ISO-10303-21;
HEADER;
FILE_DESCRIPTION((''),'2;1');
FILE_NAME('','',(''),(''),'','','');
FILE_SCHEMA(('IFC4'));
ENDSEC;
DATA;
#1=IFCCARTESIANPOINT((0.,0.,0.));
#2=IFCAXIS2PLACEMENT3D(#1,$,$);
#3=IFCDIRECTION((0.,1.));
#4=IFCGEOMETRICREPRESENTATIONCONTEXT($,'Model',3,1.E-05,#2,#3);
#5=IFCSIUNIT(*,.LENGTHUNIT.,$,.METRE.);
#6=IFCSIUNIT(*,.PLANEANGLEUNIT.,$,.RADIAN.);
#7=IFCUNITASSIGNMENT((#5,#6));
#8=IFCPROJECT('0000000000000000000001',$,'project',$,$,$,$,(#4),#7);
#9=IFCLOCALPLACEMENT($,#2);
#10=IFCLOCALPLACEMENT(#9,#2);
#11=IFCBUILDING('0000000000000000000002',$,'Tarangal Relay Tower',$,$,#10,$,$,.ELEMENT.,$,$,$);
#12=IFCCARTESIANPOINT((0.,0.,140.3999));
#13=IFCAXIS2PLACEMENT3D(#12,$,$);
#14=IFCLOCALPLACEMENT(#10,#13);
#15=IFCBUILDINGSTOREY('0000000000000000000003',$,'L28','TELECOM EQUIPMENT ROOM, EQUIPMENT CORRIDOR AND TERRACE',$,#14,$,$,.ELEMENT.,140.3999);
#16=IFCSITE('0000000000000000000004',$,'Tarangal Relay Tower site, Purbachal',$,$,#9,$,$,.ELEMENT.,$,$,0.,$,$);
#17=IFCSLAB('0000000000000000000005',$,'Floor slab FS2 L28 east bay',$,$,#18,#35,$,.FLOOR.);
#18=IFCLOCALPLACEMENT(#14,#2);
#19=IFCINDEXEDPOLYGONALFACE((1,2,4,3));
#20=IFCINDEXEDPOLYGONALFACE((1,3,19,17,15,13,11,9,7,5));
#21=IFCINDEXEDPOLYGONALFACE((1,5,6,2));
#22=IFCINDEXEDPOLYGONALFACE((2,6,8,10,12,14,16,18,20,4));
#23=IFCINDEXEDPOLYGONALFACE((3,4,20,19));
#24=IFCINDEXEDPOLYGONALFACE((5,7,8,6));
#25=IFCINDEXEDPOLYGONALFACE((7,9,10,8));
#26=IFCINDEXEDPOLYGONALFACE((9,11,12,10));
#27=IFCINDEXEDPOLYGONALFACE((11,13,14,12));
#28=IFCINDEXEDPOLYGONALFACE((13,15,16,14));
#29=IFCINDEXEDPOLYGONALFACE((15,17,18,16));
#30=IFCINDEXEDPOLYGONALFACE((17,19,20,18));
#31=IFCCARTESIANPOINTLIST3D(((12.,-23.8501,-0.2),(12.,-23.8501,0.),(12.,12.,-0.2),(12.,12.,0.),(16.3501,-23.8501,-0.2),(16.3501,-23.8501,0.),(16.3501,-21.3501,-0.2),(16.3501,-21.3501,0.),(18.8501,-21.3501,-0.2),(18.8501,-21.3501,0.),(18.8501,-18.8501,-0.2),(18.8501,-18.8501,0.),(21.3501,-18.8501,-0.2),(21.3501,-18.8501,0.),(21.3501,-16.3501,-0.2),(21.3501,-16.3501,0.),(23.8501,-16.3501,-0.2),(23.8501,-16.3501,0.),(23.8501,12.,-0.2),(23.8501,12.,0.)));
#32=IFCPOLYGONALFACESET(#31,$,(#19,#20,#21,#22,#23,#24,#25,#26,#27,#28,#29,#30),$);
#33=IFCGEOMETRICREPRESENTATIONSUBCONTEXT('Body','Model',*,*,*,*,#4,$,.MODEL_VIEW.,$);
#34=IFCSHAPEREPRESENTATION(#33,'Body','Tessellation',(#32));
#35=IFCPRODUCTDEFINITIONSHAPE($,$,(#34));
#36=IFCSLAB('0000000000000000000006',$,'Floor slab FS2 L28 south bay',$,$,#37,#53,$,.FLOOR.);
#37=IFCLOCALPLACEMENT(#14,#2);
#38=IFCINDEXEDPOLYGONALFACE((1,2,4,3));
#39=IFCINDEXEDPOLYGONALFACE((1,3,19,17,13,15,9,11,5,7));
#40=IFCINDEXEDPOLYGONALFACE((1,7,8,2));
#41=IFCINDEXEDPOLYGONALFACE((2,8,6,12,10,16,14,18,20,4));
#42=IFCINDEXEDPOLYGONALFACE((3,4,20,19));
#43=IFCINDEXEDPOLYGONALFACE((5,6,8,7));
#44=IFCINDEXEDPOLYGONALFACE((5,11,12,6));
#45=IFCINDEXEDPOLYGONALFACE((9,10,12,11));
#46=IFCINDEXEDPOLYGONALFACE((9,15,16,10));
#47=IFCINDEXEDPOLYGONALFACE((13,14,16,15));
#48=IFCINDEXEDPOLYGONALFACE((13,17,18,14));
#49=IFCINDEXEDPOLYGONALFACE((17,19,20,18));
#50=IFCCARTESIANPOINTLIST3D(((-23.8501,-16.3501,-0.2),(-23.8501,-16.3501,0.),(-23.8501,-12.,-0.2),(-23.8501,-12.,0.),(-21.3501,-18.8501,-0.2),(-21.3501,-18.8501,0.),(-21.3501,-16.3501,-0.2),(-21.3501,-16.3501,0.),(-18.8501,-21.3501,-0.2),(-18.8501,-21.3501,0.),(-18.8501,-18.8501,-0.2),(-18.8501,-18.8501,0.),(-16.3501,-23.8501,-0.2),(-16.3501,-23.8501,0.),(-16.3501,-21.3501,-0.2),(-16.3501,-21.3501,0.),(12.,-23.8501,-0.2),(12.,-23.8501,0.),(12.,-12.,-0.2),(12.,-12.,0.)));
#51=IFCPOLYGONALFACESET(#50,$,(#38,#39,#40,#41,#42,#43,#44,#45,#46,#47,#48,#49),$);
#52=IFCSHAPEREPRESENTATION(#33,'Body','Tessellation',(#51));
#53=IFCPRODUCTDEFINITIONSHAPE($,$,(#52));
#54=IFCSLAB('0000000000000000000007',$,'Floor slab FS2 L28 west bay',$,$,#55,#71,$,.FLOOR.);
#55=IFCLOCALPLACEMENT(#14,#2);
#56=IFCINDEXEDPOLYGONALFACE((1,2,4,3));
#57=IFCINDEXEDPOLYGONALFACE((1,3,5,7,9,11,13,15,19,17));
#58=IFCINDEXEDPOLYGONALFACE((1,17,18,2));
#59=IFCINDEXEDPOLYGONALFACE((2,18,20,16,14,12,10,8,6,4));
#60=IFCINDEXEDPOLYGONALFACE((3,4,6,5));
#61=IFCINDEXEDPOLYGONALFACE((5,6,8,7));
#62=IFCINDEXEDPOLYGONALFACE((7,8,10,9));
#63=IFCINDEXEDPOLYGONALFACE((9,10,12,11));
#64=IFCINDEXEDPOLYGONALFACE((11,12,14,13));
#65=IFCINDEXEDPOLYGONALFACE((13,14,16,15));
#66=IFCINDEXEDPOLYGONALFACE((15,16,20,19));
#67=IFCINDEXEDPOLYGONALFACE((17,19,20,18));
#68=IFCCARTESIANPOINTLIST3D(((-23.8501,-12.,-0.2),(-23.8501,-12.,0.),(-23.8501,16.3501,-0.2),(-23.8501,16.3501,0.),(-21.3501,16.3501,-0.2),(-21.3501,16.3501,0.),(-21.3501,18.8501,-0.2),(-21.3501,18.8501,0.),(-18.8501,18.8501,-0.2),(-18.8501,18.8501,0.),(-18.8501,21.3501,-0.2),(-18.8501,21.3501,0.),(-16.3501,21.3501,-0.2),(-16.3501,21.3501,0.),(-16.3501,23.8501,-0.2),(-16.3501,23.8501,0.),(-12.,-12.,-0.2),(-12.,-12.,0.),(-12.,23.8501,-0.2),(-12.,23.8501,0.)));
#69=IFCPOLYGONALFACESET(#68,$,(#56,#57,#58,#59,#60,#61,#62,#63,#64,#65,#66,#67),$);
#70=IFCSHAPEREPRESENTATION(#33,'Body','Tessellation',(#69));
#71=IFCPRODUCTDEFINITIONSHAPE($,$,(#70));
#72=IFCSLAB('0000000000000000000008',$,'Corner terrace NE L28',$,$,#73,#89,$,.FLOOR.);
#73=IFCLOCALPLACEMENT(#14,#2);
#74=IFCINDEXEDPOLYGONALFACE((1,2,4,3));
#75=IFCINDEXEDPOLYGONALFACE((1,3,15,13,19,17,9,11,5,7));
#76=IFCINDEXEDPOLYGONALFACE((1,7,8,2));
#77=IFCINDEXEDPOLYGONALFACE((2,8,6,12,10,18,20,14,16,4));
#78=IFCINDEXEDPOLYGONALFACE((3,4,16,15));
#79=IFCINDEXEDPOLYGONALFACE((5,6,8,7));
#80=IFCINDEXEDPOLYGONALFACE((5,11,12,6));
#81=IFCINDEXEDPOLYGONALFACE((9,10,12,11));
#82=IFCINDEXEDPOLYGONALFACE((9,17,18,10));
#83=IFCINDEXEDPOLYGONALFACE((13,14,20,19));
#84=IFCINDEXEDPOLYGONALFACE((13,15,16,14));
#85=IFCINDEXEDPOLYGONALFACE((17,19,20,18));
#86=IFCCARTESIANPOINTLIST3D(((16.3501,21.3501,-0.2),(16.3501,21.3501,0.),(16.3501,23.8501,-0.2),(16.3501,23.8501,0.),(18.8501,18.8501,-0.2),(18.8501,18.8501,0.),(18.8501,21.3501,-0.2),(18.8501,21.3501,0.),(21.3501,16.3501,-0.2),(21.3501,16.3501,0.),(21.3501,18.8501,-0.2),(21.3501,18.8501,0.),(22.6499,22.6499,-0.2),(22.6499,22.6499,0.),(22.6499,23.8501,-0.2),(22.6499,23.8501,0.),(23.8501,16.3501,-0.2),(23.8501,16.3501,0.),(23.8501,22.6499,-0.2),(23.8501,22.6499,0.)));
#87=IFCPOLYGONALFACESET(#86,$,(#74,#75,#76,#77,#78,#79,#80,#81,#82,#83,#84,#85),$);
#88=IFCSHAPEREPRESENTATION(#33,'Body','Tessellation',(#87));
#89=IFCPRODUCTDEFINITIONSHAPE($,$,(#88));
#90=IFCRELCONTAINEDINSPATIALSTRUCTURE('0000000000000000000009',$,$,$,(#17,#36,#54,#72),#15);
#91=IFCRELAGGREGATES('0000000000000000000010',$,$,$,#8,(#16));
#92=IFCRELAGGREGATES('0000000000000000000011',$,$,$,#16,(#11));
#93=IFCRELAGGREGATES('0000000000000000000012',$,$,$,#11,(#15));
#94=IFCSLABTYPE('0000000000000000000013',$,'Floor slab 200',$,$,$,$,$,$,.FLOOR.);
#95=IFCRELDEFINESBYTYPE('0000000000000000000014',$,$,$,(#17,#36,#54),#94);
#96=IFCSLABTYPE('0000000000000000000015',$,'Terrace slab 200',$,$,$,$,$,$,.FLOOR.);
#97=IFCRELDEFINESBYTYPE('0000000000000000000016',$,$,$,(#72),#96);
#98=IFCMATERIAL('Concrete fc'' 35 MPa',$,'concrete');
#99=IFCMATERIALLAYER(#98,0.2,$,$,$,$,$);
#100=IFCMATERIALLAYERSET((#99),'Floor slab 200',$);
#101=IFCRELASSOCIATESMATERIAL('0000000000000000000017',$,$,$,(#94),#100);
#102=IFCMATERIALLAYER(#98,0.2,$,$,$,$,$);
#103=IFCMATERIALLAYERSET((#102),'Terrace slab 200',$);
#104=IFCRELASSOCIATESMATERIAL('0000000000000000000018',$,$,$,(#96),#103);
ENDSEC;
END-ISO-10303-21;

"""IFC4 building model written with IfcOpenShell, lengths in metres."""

from ifc_helpers import new_model, si_unit, direction, frame, origin, place, context, subcontext, project, spatial, polyline, outline, extrude, material, layer, layer_set, type_object, element, save


model = new_model("IFC4")

# Units and contexts
model_context = context("Model", 3, precision=1e-05, world=origin(), true_north=direction((0.0, 1.0)))
body_context = subcontext(model_context, "Body", "Model", "MODEL_VIEW")
ifc_project = project(units=[si_unit("LENGTHUNIT", "METRE"), si_unit("PLANEANGLEUNIT", "RADIAN")], contexts=[model_context])

# Site, building, storey
site_placement = place(None, origin())
site = spatial("IfcSite", under=ifc_project, at=site_placement, Name="Tarangal Relay Tower site, Purbachal", CompositionType="ELEMENT", RefElevation=0.0)
building_placement = place(site_placement, origin())
building = spatial("IfcBuilding", under=site, at=building_placement, Name="Tarangal Relay Tower", CompositionType="ELEMENT")
storey_placement = place(building_placement, frame((0.0, 0.0, 140.3999)))
storey = spatial("IfcBuildingStorey", under=building, at=storey_placement, Name="L28", Description="TELECOM EQUIPMENT ROOM, EQUIPMENT CORRIDOR AND TERRACE", CompositionType="ELEMENT", Elevation=140.3999)

# Slabs
ifc_material_1 = material(Name="Concrete fc' 35 MPa", Category="concrete")
ifc_layer_1 = layer(ifc_material_1, 0.2)
ifc_layer_set_1 = layer_set([ifc_layer_1], Name="Floor slab 200")
slab_type_1 = type_object("IfcSlabType", Name="Floor slab 200", PredefinedType="FLOOR", material=ifc_layer_set_1)
slab_1_placement = place(storey_placement, frame((0.0, 0.0, -0.2)))
element("IfcSlab", 1, at=slab_1_placement, inside=storey, type_object=slab_type_1, Name="Floor slab FS2 L28 east bay", PredefinedType="FLOOR", context=body_context, shape_type="SweptSolid", body=[
    extrude(outline(polyline([(23.8501, -16.3501), (21.3501, -16.3501), (21.3501, -18.8501), (18.8501, -18.8501), (18.8501, -21.3501), (16.3501, -21.3501), (16.3501, -23.8501), (12.0, -23.8501), (12.0, 12.0), (23.8501, 12.0), (23.8501, -16.3501)])), origin(), (0.0, 0.0, 1.0), 0.2),
])
slab_2_placement = place(storey_placement, frame((0.0, 0.0, -0.2)))
element("IfcSlab", 2, at=slab_2_placement, inside=storey, type_object=slab_type_1, Name="Floor slab FS2 L28 south bay", PredefinedType="FLOOR", context=body_context, shape_type="SweptSolid", body=[
    extrude(outline(polyline([(-16.3501, -23.8501), (-16.3501, -21.3501), (-18.8501, -21.3501), (-18.8501, -18.8501), (-21.3501, -18.8501), (-21.3501, -16.3501), (-23.8501, -16.3501), (-23.8501, -12.0), (12.0, -12.0), (12.0, -23.8501), (-16.3501, -23.8501)])), origin(), (0.0, 0.0, 1.0), 0.2),
])
slab_3_placement = place(storey_placement, frame((0.0, 0.0, -0.2)))
element("IfcSlab", 3, at=slab_3_placement, inside=storey, type_object=slab_type_1, Name="Floor slab FS2 L28 west bay", PredefinedType="FLOOR", context=body_context, shape_type="SweptSolid", body=[
    extrude(outline(polyline([(-12.0, 23.8501), (-12.0, -12.0), (-23.8501, -12.0), (-23.8501, 16.3501), (-21.3501, 16.3501), (-21.3501, 18.8501), (-18.8501, 18.8501), (-18.8501, 21.3501), (-16.3501, 21.3501), (-16.3501, 23.8501), (-12.0, 23.8501)])), origin(), (0.0, 0.0, 1.0), 0.2),
])
ifc_layer_2 = layer(ifc_material_1, 0.2)
ifc_layer_set_2 = layer_set([ifc_layer_2], Name="Terrace slab 200")
slab_type_2 = type_object("IfcSlabType", Name="Terrace slab 200", PredefinedType="FLOOR", material=ifc_layer_set_2)
slab_4_placement = place(storey_placement, frame((0.0, 0.0, -0.2)))
element("IfcSlab", 4, at=slab_4_placement, inside=storey, type_object=slab_type_2, Name="Corner terrace NE L28", PredefinedType="FLOOR", context=body_context, shape_type="SweptSolid", body=[
    extrude(outline(polyline([(16.3501, 23.8501), (16.3501, 21.3501), (18.8501, 21.3501), (18.8501, 18.8501), (21.3501, 18.8501), (21.3501, 16.3501), (23.8501, 16.3501), (23.8501, 22.6499), (22.6499, 22.6499), (22.6499, 23.8501), (16.3501, 23.8501)])), origin(), (0.0, 0.0, 1.0), 0.2),
])

save(model, "model.ifc")
